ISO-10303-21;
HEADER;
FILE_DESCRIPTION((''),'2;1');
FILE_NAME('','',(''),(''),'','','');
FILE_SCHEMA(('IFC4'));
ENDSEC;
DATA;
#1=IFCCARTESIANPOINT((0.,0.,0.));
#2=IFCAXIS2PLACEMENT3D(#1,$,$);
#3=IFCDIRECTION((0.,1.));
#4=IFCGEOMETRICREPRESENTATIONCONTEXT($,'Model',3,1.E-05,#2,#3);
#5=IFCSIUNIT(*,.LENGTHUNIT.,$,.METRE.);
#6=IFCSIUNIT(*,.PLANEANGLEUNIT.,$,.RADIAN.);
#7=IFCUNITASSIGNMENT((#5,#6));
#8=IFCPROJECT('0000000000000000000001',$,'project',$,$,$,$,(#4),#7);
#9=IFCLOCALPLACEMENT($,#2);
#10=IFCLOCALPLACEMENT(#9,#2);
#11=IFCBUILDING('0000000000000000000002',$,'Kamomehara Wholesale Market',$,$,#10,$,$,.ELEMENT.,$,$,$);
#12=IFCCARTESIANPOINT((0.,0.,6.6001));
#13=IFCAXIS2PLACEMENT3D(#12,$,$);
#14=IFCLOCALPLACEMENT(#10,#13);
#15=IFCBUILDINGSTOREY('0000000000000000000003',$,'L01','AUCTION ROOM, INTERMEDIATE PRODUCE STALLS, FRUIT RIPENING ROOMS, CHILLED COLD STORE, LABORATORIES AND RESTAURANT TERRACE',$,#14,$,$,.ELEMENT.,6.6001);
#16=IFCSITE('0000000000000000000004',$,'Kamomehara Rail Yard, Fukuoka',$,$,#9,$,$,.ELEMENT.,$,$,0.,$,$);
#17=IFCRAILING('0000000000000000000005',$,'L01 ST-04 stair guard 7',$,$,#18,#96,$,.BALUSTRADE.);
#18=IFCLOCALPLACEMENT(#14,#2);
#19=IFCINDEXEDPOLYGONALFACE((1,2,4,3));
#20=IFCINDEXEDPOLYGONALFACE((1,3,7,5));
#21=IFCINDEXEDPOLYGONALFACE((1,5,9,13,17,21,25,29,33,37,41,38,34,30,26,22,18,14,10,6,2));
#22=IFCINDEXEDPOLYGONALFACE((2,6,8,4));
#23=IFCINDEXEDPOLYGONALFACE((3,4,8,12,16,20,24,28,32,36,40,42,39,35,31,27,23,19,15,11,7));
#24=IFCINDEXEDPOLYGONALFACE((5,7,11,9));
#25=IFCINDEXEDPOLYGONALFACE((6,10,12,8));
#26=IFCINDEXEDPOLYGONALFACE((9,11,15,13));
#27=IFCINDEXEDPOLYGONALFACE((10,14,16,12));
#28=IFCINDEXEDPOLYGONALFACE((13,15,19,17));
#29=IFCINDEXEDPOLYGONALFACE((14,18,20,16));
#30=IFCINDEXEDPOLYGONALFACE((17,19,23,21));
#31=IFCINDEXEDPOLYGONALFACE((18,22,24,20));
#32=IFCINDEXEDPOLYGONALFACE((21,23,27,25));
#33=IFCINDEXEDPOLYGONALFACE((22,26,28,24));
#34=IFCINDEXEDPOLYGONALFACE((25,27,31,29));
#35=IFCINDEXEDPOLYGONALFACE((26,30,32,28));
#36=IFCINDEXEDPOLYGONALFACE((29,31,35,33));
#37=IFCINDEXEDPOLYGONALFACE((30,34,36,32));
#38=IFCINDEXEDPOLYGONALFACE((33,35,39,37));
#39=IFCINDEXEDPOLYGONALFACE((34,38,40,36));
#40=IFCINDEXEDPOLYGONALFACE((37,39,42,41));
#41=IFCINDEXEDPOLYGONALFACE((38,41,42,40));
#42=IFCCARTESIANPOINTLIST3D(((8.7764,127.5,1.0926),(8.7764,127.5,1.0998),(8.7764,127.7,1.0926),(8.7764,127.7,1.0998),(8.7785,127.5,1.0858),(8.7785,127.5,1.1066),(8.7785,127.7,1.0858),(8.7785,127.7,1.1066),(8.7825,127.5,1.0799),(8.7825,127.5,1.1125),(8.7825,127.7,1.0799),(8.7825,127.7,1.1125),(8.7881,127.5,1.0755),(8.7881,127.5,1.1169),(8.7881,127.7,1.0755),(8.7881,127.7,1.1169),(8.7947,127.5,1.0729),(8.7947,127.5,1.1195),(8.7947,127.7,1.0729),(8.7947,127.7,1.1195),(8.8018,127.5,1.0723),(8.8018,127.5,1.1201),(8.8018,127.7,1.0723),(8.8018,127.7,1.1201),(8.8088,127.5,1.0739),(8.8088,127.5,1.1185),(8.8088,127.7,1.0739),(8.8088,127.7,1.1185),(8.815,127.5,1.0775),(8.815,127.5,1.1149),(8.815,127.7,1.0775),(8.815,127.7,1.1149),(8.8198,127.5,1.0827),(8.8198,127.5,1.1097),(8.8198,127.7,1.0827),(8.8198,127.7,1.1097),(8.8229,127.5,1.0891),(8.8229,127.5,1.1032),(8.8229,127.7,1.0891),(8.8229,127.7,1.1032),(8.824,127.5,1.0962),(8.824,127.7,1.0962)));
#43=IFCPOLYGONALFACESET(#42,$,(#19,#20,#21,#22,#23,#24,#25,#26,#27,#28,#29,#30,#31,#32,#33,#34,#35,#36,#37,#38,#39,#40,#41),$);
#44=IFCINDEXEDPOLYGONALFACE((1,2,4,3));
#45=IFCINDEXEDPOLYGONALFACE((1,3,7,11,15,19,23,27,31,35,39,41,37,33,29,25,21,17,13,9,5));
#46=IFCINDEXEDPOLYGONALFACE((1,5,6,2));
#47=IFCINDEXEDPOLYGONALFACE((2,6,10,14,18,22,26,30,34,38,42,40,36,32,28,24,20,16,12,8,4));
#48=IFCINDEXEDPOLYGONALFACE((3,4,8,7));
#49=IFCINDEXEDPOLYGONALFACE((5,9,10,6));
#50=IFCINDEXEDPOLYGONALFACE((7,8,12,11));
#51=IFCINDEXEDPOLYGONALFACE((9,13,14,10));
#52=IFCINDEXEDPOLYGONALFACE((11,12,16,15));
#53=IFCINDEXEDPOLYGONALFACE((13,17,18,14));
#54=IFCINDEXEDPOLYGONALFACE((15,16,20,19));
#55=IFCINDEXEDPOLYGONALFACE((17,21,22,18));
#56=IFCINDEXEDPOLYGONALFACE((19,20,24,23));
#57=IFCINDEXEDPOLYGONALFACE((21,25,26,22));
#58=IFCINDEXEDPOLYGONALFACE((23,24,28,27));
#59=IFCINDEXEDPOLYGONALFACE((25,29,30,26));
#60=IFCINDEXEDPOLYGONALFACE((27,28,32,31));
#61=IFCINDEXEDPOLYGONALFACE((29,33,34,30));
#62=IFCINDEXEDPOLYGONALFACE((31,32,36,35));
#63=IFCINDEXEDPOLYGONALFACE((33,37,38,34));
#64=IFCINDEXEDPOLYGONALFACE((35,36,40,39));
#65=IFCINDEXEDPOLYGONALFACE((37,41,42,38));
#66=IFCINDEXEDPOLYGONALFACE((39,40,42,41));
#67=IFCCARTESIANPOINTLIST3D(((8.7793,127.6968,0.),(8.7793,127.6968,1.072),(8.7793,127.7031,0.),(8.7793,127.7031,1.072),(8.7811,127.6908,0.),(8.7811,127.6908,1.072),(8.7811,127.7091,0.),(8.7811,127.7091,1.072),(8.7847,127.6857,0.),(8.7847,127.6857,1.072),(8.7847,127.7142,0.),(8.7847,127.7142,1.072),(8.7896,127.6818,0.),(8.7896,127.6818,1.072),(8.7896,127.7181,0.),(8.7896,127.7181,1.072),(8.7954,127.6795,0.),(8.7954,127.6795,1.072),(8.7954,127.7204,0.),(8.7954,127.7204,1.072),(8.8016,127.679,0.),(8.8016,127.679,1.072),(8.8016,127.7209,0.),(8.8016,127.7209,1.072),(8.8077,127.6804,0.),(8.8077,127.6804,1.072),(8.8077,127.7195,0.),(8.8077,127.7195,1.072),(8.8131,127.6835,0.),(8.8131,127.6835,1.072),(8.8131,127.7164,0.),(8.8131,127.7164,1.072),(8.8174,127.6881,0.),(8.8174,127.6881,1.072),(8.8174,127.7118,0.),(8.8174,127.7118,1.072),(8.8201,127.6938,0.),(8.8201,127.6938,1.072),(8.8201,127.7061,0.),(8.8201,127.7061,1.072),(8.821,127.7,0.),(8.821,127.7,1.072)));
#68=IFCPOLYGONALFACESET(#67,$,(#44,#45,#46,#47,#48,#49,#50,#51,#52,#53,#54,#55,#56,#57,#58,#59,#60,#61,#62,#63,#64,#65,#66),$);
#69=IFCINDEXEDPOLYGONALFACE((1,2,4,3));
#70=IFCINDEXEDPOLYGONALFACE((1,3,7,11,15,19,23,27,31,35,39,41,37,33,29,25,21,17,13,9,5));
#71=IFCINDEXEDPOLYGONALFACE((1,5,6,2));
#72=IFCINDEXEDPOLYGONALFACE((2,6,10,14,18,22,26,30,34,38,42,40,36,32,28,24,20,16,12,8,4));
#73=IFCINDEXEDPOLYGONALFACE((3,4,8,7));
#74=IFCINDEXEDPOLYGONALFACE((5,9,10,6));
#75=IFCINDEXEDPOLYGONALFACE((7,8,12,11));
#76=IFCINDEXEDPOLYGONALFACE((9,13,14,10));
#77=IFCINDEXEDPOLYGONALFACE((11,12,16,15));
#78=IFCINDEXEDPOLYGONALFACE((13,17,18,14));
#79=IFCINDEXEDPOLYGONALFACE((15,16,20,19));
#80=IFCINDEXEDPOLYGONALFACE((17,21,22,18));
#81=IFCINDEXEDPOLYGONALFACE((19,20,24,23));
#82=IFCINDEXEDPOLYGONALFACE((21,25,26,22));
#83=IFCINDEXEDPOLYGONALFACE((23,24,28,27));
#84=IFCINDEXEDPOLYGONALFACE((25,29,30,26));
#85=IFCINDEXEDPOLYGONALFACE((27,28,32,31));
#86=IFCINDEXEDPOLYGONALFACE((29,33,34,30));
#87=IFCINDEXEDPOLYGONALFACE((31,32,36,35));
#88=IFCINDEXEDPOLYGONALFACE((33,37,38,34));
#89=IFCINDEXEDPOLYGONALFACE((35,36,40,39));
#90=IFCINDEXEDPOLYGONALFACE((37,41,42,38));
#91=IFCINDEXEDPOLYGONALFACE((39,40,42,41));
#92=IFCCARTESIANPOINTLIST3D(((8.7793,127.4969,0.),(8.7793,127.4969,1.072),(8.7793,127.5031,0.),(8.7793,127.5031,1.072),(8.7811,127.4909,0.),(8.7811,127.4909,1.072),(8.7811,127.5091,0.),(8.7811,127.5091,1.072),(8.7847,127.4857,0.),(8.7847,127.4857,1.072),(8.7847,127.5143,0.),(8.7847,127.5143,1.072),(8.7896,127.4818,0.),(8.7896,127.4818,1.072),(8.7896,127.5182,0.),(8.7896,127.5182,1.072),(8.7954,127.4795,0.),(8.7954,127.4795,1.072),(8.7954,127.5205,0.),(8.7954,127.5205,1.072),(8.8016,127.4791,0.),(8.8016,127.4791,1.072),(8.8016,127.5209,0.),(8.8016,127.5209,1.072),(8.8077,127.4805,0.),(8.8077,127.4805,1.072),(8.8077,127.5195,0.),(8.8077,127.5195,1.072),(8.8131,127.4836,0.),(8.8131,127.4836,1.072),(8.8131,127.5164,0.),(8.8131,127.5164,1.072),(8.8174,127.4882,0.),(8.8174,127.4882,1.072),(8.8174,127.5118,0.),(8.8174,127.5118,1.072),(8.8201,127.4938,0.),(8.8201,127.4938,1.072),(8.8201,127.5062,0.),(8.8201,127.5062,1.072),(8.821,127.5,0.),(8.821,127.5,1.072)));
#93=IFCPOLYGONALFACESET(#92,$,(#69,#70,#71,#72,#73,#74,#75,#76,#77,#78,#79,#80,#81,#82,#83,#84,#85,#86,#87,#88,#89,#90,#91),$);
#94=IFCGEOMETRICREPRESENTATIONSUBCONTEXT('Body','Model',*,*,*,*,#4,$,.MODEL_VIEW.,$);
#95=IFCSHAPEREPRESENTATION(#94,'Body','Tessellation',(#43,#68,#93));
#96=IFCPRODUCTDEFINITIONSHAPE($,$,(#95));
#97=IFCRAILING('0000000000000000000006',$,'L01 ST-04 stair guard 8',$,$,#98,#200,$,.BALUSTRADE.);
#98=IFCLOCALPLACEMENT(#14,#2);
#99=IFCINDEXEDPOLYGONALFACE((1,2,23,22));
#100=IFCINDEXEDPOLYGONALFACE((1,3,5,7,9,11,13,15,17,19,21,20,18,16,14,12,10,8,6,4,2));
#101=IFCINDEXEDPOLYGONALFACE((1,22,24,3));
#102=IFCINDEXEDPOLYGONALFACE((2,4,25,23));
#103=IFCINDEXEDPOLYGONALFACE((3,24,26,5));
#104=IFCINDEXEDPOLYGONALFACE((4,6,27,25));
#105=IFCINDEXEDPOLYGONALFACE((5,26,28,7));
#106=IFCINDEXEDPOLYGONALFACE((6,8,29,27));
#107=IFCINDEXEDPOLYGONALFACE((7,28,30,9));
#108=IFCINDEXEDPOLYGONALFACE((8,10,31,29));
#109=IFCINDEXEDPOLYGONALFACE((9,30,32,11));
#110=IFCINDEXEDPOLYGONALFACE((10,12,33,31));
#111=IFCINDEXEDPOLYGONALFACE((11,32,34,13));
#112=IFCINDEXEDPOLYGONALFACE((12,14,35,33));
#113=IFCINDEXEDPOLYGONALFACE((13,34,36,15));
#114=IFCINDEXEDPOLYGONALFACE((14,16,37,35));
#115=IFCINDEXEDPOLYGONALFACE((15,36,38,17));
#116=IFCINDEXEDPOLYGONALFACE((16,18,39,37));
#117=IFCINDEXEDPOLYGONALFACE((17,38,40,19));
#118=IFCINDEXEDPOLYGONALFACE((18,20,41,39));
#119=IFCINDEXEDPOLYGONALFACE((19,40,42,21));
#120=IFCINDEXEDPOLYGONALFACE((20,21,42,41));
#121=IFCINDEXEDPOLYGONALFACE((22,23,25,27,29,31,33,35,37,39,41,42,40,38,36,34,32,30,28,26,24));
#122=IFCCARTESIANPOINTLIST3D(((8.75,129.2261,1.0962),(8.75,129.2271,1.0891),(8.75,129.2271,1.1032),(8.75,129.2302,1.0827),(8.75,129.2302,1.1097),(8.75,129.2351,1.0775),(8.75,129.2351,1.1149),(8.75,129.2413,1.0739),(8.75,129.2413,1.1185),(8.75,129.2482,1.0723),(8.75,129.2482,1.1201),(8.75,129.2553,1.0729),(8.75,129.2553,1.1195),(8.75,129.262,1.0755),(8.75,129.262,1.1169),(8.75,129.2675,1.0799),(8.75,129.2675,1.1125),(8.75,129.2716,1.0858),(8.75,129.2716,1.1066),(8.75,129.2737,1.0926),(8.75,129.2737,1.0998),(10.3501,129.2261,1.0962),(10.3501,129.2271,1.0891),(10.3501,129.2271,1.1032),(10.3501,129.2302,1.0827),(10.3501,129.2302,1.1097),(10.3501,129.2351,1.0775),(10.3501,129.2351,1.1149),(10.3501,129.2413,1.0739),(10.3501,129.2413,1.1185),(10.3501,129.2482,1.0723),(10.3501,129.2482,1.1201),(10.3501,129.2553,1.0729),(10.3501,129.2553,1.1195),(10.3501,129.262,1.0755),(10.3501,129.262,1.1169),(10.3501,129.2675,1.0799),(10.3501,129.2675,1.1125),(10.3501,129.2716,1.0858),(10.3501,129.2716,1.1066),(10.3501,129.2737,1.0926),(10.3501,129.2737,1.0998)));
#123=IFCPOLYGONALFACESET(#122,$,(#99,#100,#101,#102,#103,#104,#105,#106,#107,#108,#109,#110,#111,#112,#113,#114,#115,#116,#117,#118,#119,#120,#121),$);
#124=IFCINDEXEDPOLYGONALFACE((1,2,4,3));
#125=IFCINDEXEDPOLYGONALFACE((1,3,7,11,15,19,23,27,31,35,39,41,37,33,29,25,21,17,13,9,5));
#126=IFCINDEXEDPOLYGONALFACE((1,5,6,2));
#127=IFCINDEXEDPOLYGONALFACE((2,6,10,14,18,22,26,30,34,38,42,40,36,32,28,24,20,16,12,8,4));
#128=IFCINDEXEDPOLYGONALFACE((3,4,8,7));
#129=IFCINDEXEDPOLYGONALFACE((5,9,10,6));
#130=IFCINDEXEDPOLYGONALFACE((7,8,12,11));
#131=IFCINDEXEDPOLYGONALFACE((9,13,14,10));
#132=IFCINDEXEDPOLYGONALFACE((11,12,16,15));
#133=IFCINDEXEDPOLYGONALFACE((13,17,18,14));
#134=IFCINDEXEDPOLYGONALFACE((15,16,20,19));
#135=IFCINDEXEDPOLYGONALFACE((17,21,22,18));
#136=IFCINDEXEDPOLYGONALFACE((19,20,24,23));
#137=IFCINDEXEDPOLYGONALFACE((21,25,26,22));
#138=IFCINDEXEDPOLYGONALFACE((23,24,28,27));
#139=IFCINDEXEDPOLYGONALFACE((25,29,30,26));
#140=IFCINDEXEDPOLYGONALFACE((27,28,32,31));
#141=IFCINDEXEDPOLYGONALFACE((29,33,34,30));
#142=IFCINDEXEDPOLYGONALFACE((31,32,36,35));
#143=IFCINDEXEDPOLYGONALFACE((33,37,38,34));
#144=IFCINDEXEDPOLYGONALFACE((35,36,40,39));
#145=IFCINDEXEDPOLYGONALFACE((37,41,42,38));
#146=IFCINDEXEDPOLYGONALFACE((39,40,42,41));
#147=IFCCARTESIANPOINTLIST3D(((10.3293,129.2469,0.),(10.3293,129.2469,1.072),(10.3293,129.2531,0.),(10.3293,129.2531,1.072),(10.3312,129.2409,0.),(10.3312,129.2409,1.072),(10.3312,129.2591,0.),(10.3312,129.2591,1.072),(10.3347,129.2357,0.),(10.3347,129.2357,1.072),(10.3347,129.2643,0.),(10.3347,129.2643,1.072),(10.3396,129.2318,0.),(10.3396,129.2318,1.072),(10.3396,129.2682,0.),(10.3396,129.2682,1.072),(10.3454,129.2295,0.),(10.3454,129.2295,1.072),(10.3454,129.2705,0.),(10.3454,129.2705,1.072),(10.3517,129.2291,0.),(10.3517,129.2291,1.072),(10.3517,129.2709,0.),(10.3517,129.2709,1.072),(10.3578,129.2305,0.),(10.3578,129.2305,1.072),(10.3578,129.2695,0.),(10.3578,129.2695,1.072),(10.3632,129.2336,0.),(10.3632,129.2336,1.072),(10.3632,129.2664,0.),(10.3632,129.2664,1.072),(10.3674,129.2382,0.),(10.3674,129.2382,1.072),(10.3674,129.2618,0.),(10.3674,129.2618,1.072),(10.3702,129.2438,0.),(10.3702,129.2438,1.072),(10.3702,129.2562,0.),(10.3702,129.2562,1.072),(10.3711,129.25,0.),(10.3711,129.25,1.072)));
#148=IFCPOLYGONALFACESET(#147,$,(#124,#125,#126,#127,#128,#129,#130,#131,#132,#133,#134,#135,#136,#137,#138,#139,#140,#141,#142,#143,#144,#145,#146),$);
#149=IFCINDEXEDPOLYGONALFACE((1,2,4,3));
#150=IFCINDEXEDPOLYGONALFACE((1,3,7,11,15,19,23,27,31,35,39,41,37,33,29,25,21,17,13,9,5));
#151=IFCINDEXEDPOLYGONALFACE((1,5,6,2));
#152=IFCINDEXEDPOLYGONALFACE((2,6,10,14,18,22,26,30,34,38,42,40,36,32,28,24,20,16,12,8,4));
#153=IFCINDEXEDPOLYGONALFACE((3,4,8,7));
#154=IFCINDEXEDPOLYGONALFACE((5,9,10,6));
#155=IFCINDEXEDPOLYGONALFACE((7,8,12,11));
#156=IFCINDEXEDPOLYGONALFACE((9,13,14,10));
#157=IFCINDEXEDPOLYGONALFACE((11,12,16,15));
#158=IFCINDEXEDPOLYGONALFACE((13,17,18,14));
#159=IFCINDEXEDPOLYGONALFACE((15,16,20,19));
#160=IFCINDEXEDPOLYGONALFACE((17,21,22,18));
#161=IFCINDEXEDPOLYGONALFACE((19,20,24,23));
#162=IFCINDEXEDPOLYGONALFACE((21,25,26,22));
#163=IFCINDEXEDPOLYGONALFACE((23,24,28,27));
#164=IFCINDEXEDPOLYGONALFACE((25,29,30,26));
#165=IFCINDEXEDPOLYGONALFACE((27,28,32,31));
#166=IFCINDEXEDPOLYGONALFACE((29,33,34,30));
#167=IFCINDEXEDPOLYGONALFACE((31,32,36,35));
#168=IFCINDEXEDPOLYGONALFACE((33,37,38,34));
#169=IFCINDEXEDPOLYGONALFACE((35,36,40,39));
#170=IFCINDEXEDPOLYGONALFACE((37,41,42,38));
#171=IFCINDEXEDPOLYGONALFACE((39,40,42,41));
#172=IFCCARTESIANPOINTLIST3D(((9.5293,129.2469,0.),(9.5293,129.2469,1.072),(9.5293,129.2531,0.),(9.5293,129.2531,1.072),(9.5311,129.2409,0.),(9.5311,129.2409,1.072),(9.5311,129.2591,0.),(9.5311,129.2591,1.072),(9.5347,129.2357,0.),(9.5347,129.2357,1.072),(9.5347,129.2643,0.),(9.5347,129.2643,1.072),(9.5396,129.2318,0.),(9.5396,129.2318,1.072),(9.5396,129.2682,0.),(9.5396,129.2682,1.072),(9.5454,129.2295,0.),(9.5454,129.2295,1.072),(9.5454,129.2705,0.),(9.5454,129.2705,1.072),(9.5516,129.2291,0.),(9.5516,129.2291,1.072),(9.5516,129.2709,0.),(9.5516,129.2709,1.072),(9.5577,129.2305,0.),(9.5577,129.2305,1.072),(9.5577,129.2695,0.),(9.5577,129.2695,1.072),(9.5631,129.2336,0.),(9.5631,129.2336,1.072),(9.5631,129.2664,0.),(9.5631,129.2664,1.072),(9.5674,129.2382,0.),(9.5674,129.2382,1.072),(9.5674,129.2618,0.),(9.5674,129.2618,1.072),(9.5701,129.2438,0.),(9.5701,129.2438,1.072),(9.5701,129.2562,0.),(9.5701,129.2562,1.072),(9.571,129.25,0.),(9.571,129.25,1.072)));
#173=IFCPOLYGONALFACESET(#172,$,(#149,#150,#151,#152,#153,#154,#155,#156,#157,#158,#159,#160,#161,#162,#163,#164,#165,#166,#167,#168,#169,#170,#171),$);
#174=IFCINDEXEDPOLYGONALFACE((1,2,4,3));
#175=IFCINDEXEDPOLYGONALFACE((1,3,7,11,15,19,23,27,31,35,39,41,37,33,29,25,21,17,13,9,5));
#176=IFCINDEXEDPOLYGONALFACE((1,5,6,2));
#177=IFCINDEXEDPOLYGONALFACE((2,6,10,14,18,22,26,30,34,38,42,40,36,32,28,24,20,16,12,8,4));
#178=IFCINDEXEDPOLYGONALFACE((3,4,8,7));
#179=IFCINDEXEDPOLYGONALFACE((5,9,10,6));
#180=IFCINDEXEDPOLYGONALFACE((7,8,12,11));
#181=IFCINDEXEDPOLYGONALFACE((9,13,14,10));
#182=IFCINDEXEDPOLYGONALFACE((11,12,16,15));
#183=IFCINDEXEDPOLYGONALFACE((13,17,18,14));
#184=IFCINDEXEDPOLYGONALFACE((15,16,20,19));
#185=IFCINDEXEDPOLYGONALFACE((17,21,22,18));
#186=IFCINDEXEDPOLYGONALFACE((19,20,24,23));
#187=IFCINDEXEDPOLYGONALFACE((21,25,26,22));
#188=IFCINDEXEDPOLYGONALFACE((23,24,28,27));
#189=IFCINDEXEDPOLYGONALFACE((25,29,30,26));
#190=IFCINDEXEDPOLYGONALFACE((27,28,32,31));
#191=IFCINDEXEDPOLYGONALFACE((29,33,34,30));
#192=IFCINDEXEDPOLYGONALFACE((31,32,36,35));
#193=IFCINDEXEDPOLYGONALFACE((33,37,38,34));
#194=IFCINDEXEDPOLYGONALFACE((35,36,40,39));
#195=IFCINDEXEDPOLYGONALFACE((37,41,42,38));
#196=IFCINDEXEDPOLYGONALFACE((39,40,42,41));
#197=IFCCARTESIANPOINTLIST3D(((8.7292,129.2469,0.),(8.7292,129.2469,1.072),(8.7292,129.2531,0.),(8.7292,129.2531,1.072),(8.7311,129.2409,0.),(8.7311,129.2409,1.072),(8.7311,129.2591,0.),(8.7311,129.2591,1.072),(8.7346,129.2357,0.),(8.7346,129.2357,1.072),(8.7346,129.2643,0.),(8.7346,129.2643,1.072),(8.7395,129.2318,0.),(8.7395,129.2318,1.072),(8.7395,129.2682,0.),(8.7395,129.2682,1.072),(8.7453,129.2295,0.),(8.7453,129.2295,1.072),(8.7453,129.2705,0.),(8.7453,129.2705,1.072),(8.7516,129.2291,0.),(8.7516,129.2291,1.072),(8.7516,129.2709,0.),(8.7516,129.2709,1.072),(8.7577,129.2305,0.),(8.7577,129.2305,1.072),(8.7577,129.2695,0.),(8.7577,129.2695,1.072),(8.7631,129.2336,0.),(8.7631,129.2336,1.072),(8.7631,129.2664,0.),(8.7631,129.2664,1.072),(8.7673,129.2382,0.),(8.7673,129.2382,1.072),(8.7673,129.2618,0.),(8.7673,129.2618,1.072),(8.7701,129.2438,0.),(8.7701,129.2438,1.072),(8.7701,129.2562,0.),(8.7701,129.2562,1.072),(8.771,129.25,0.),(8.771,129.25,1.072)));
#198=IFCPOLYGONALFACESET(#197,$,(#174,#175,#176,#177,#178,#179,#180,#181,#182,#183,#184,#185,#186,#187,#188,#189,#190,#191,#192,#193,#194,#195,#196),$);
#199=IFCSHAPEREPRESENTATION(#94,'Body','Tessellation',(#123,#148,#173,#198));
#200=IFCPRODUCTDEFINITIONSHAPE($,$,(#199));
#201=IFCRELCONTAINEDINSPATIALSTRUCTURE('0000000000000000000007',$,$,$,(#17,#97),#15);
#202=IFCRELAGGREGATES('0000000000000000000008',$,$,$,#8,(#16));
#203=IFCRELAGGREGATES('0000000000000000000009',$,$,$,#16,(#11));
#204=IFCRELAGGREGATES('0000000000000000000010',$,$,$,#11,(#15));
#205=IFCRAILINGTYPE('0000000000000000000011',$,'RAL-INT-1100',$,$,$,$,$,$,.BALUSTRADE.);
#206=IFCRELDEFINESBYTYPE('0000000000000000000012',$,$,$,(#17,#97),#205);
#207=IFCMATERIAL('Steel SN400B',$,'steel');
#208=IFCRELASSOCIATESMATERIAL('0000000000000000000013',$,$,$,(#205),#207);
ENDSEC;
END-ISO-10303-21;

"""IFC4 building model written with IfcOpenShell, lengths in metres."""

from ifc_helpers import new_model, si_unit, direction, frame, origin, origin_2d, place, context, subcontext, project, spatial, circle, extrude, material, type_object, element, save


model = new_model("IFC4")

# Units and contexts
model_context = context("Model", 3, precision=1e-05, world=origin(), true_north=direction((0.0, 1.0)))
body_context = subcontext(model_context, "Body", "Model", "MODEL_VIEW")
ifc_project = project(units=[si_unit("LENGTHUNIT", "METRE"), si_unit("PLANEANGLEUNIT", "RADIAN")], contexts=[model_context])

# Site, building, storey
site_placement = place(None, origin())
site = spatial("IfcSite", under=ifc_project, at=site_placement, Name="Kamomehara Rail Yard, Fukuoka", CompositionType="ELEMENT", RefElevation=0.0)
building_placement = place(site_placement, origin())
building = spatial("IfcBuilding", under=site, at=building_placement, Name="Kamomehara Wholesale Market", CompositionType="ELEMENT")
storey_placement = place(building_placement, frame((0.0, 0.0, 6.6001)))
storey = spatial("IfcBuildingStorey", under=building, at=storey_placement, Name="L01", Description="AUCTION ROOM, INTERMEDIATE PRODUCE STALLS, FRUIT RIPENING ROOMS, CHILLED COLD STORE, LABORATORIES AND RESTAURANT TERRACE", CompositionType="ELEMENT", Elevation=6.6001)

# Railings
ifc_material_1 = material(Name="Steel SN400B", Category="steel")
railing_type_1 = type_object("IfcRailingType", Name="RAL-INT-1100", PredefinedType="BALUSTRADE", material=ifc_material_1)
railing_1_placement = place(storey_placement, frame((8.8, 127.7, 0.0)))
element("IfcRailing", 1, at=railing_1_placement, inside=storey, type_object=railing_type_1, Name="L01 ST-04 stair guard 7", PredefinedType="BALUSTRADE", context=body_context, shape_type="SweptSolid", body=[
    extrude(circle(Radius=0.0239, at=origin_2d()), frame((0.0, 0.0, 1.0962), z_axis=(0.0, -1.0, 0.0), x_axis=(1.0, 0.0, 0.0)), (0.0, 0.0, 1.0), 0.2),
    extrude(circle(Radius=0.021, at=origin_2d()), origin(), (0.0, 0.0, 1.0), 1.072),
    extrude(circle(Radius=0.021, at=origin_2d()), frame((0.0, -0.2, 0.0)), (0.0, 0.0, 1.0), 1.072),
])
for number, where, name in (
    (2, (10.3501, 129.25, 0.0), "L01 ST-04 stair guard 8"),
):
    element("IfcRailing", number, at=place(storey_placement, frame(where)), inside=storey, type_object=railing_type_1, Name=name, PredefinedType="BALUSTRADE", context=body_context, shape_type="SweptSolid", body=[
        extrude(circle(Radius=0.0239, at=origin_2d()), frame((0.0, 0.0, 1.0962), z_axis=(-1.0, 0.0, 0.0), x_axis=(0.0, -1.0, 0.0)), (0.0, 0.0, 1.0), 1.6001),
        extrude(circle(Radius=0.021, at=origin_2d()), origin(), (0.0, 0.0, 1.0), 1.072),
        extrude(circle(Radius=0.021, at=origin_2d()), frame((-0.8, 0.0, 0.0)), (0.0, 0.0, 1.0), 1.072),
        extrude(circle(Radius=0.021, at=origin_2d()), frame((-1.6001, 0.0, 0.0)), (0.0, 0.0, 1.0), 1.072),
    ])

save(model, "model.ifc")
